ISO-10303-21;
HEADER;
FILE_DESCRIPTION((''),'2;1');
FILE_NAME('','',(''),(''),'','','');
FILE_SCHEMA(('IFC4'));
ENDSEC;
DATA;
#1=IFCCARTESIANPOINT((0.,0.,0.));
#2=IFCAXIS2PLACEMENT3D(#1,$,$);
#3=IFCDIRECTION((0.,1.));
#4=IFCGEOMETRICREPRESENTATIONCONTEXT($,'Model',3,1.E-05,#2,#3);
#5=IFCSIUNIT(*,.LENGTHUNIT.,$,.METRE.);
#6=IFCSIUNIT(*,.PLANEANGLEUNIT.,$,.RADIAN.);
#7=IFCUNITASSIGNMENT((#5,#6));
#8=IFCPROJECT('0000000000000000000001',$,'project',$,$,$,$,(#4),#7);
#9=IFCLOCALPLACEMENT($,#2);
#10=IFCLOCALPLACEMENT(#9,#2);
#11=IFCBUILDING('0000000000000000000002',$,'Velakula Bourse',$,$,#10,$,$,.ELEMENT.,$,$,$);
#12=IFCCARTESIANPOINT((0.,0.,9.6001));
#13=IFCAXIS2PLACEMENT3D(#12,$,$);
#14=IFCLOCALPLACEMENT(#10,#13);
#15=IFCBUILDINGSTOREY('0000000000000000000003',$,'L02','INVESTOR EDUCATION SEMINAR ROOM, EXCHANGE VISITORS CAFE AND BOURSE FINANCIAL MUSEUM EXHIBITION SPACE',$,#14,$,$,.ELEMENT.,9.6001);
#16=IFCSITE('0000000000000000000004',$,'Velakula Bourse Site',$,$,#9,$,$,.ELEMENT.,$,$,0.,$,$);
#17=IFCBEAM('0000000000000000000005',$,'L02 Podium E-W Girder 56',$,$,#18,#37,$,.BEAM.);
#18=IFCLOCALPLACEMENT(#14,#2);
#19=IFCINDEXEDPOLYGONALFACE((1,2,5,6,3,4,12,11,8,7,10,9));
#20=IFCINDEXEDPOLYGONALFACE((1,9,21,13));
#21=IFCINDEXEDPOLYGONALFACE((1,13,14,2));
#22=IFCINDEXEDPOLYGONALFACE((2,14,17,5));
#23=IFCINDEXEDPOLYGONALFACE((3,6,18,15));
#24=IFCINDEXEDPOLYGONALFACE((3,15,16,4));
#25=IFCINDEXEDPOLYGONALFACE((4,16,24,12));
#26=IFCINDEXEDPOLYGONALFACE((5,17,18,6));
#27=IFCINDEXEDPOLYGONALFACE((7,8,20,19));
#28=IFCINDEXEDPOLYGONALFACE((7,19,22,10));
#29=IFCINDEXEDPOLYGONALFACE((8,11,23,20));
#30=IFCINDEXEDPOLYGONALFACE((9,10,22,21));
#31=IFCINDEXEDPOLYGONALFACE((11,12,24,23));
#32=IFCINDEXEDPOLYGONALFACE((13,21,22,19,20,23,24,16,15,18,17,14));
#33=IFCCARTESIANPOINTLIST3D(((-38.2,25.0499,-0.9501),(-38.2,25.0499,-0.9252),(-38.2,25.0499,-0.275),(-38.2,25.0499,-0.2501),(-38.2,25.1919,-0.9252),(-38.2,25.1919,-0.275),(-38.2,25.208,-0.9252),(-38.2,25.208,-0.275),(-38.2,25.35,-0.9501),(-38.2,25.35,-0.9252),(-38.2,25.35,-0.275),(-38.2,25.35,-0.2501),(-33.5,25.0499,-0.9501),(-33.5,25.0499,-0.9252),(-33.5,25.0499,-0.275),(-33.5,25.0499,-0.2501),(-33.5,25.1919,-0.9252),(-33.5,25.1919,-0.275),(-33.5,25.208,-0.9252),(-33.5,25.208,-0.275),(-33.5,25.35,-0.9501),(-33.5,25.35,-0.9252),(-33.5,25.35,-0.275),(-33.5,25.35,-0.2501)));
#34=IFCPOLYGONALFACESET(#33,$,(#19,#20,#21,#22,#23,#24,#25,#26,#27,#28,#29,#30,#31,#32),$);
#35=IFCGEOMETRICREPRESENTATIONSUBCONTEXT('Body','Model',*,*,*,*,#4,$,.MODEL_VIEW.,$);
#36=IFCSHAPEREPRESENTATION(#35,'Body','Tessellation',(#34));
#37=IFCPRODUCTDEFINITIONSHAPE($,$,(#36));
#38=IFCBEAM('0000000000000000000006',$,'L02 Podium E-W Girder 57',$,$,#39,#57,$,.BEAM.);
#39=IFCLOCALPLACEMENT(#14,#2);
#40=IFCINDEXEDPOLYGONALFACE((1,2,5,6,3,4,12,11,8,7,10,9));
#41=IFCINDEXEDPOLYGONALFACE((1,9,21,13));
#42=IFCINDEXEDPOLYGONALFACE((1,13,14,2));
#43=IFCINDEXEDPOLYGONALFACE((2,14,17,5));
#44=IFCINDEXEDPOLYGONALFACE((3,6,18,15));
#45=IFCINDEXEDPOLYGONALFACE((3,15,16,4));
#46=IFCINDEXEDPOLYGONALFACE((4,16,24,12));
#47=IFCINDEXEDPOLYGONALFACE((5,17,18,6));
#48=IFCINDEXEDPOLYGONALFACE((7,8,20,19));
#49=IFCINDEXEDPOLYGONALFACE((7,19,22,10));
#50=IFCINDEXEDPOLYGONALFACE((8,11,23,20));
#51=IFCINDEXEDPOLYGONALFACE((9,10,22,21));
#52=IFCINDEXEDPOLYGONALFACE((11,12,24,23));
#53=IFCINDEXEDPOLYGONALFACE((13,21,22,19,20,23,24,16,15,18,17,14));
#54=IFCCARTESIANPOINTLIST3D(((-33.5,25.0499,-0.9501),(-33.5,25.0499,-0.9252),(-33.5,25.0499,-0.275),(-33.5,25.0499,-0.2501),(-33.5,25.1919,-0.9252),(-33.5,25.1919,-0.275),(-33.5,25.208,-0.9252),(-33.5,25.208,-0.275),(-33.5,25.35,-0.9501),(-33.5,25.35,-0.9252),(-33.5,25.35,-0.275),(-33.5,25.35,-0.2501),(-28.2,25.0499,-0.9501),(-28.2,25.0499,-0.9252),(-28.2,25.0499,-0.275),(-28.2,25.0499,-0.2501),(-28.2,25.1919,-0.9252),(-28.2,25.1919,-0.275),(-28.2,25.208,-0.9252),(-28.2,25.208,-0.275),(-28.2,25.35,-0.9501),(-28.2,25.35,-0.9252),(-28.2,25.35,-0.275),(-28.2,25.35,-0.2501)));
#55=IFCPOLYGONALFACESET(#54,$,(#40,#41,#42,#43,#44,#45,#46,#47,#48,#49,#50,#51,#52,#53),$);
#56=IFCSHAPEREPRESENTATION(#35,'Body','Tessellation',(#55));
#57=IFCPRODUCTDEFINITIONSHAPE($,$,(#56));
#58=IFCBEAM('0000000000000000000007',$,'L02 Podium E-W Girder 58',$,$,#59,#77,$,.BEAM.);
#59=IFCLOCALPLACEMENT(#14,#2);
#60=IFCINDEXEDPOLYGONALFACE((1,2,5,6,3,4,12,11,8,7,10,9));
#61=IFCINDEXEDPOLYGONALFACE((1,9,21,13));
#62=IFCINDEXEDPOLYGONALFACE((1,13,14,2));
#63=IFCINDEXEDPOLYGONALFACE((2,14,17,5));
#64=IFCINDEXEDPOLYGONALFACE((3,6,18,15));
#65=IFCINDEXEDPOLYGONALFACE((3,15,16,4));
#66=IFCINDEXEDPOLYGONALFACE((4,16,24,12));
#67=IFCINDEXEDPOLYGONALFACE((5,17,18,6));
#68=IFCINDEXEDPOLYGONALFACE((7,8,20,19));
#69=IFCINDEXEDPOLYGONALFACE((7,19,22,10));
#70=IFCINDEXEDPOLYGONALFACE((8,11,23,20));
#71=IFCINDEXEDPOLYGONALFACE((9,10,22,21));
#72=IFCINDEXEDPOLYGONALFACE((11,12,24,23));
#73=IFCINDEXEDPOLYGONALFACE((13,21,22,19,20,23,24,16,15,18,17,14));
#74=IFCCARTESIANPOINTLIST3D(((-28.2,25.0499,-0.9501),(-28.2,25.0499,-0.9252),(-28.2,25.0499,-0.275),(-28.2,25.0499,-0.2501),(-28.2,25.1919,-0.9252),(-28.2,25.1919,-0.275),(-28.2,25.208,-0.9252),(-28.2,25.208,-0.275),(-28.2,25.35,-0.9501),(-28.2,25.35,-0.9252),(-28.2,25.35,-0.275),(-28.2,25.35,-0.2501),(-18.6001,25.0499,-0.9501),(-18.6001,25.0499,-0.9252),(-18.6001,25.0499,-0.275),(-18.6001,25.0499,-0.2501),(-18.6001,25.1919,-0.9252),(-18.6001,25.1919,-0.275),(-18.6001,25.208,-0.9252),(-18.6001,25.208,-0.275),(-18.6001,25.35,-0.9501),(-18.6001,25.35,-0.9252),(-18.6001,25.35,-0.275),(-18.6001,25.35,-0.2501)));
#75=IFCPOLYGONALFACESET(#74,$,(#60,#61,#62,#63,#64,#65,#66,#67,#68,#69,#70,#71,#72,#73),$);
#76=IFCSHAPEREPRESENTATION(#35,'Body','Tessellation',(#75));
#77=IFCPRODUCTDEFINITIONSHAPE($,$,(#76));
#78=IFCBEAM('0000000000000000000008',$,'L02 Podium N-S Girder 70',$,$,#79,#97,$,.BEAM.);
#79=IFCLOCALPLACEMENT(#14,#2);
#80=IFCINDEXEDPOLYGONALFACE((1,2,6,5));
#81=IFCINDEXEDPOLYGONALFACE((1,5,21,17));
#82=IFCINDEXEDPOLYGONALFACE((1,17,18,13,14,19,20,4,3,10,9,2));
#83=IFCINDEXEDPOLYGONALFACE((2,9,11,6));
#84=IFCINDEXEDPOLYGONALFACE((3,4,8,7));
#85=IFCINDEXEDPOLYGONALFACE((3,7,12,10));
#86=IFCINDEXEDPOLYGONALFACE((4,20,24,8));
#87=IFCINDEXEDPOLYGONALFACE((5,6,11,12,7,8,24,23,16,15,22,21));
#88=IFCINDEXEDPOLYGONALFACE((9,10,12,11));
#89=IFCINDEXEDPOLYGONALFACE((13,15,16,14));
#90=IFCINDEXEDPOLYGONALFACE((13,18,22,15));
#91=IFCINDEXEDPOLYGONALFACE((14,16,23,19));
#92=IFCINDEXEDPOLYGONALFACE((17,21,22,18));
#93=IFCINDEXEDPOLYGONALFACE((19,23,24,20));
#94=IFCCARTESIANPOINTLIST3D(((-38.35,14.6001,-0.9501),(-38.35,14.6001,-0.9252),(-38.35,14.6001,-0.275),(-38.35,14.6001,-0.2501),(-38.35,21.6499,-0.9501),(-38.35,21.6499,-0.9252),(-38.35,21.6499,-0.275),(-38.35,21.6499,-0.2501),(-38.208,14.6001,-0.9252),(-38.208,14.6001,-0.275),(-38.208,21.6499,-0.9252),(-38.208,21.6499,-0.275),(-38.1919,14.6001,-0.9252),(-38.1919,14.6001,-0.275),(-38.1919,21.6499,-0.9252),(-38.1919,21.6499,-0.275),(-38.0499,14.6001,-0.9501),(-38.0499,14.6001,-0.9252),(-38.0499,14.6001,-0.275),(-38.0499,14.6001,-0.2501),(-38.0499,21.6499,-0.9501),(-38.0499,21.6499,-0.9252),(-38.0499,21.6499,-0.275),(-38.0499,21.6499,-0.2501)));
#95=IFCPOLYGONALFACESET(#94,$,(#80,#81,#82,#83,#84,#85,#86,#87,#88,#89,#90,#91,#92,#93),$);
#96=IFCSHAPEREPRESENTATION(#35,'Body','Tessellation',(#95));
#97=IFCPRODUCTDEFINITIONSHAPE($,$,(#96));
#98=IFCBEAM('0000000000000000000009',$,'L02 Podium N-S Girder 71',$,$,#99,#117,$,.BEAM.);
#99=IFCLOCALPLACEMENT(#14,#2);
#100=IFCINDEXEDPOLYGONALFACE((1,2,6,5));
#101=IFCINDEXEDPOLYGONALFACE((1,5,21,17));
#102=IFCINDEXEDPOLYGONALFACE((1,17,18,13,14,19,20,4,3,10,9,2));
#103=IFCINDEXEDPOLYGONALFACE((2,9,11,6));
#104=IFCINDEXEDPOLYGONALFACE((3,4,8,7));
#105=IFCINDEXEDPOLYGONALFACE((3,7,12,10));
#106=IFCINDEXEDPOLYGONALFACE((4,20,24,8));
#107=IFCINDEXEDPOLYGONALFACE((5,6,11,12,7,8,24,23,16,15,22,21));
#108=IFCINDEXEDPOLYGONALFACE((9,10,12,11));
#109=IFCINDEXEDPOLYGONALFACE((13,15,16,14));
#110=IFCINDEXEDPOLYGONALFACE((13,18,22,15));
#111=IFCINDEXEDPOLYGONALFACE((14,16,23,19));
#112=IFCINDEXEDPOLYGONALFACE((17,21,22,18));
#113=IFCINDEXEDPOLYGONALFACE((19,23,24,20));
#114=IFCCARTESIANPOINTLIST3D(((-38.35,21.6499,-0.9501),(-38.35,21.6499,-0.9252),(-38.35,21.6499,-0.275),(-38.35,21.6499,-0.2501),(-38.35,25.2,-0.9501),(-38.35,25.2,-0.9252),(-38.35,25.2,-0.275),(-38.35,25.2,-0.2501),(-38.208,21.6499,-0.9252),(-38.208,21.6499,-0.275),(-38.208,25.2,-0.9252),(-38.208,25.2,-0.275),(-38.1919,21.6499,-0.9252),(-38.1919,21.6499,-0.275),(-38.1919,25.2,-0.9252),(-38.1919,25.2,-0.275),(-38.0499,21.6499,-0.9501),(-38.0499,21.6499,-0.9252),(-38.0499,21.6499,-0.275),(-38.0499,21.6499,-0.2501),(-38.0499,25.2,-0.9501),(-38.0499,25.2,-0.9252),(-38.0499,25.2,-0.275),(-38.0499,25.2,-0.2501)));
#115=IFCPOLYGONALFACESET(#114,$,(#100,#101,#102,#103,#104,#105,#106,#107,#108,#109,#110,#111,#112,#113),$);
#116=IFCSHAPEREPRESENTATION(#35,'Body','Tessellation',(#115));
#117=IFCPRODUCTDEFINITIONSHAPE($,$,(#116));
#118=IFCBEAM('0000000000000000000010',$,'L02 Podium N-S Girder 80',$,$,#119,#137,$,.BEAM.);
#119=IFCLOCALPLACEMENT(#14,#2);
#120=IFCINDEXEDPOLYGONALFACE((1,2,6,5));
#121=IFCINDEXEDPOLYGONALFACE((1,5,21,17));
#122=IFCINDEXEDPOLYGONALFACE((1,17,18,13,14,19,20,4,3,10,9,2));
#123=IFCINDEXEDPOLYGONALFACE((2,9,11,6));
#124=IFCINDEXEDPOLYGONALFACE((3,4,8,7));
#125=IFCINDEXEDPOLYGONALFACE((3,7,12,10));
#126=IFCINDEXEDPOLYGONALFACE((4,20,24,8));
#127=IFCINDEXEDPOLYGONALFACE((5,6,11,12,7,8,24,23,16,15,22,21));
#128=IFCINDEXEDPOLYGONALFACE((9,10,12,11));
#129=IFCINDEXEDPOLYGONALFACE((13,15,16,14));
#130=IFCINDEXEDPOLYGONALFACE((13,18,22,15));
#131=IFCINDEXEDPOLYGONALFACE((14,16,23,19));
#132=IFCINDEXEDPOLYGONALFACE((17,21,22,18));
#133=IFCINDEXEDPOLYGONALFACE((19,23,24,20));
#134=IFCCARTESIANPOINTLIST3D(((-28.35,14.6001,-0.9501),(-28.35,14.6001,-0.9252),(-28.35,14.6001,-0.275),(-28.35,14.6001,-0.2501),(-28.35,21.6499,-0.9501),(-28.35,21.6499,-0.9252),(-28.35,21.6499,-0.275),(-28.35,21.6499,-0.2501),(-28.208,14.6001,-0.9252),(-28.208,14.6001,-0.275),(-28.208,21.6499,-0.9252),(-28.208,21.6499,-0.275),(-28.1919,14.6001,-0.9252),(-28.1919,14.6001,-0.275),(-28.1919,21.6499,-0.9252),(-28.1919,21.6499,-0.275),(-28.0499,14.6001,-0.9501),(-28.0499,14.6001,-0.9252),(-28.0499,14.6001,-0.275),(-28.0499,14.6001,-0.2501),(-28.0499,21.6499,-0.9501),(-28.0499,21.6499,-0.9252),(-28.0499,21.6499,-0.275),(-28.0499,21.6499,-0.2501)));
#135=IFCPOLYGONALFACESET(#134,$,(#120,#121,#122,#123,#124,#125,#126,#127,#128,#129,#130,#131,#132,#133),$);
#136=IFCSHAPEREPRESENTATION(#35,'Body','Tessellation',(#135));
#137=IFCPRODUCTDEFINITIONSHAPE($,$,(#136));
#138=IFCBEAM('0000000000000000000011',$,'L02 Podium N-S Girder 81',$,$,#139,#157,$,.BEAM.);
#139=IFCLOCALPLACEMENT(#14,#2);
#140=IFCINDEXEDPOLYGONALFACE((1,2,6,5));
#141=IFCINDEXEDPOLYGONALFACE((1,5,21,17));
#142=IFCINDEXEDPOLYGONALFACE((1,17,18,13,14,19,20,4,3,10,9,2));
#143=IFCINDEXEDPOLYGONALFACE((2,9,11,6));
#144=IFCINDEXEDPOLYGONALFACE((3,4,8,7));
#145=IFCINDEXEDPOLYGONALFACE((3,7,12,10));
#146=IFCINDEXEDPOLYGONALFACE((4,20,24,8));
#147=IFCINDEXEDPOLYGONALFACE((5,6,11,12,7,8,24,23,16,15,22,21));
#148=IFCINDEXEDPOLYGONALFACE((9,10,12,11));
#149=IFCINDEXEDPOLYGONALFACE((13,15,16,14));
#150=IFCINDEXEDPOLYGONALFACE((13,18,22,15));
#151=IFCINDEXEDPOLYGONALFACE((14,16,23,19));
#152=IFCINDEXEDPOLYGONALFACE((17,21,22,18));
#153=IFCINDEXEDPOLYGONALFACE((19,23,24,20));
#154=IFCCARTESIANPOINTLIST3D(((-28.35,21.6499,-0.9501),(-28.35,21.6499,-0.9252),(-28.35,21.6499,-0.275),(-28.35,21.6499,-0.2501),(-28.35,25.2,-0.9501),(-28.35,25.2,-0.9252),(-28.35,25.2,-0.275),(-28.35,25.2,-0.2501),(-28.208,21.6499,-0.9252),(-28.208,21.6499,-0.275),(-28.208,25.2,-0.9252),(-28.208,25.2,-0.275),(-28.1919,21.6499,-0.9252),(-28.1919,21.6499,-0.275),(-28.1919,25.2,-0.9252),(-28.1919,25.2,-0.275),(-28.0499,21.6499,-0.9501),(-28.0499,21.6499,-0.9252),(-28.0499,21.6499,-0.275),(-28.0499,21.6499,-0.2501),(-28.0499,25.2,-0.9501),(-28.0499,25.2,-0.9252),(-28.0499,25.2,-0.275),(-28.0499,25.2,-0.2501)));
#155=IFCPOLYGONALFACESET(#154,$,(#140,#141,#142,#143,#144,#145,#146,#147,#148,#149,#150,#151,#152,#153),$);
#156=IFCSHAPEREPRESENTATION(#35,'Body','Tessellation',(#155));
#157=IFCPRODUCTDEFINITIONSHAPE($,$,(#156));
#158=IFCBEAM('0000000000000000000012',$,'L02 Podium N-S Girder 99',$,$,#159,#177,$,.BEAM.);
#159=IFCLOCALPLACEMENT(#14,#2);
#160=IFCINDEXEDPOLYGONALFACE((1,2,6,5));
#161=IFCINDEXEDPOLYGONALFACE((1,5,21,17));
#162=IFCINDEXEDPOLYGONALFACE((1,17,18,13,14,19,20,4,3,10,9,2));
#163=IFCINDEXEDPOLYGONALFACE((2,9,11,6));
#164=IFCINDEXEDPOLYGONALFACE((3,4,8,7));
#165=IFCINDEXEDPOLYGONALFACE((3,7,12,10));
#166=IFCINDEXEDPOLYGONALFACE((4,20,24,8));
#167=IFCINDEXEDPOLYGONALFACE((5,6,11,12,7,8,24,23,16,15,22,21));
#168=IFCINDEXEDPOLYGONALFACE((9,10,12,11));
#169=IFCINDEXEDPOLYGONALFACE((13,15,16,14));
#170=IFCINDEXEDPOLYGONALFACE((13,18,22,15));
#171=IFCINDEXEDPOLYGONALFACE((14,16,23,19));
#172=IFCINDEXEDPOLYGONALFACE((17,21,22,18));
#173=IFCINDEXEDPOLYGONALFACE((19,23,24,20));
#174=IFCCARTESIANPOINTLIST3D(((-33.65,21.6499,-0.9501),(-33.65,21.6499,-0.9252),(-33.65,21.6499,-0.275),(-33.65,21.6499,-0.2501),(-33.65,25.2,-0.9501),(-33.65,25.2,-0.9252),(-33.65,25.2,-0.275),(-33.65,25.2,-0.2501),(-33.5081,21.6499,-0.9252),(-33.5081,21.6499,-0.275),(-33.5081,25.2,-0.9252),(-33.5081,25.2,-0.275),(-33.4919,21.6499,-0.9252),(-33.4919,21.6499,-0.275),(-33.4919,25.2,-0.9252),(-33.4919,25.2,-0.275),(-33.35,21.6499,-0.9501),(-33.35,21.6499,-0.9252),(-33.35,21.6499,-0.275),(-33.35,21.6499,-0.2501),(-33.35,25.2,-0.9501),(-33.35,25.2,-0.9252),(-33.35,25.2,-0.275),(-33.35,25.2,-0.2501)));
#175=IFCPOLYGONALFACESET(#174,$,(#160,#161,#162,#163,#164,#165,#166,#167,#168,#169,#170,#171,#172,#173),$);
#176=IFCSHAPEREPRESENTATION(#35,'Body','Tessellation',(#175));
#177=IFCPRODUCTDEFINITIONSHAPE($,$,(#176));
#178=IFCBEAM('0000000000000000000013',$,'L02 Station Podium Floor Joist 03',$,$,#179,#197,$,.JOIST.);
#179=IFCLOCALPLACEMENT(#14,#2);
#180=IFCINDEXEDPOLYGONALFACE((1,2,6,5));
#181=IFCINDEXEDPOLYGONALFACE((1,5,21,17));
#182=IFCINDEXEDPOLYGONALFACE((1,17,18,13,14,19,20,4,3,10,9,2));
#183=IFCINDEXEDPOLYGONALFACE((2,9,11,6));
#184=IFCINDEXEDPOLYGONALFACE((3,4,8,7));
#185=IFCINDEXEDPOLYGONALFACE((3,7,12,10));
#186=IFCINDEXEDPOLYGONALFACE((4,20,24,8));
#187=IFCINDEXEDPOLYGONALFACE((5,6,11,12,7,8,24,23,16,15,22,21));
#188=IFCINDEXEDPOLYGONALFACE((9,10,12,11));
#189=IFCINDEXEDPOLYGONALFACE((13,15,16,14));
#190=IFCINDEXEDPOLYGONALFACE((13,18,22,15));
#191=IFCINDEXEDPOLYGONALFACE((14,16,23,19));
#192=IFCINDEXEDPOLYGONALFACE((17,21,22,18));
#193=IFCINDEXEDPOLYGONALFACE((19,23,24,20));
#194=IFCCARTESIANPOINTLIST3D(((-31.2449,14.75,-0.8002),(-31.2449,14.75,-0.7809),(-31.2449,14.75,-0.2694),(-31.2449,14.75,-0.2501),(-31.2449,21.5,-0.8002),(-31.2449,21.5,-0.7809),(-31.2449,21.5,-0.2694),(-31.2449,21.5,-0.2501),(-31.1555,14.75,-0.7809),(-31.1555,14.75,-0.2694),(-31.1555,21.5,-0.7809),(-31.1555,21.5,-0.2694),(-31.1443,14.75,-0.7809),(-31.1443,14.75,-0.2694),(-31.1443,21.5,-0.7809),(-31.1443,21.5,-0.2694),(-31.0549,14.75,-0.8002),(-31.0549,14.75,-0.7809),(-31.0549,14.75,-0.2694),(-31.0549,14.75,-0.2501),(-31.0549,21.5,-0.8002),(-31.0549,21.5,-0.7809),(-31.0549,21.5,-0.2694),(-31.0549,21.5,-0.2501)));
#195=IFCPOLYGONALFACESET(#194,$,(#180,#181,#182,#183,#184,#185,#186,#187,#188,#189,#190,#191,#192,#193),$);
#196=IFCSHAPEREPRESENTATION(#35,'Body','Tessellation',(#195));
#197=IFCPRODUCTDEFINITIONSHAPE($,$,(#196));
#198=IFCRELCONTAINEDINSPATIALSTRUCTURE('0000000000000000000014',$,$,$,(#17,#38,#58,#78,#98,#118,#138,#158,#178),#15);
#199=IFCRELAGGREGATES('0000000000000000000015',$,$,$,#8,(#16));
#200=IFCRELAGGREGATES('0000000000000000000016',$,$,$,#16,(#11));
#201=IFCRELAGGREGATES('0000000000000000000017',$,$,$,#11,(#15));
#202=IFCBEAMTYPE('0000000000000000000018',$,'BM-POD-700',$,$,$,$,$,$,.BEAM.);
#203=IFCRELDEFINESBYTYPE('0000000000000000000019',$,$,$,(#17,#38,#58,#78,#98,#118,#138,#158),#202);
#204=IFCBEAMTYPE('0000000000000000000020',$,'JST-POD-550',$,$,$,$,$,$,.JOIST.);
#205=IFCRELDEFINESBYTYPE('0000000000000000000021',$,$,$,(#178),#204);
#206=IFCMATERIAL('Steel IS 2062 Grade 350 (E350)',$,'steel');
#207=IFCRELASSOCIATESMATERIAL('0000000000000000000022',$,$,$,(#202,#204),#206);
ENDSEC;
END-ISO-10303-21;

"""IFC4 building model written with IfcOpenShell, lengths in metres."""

from ifc_helpers import new_model, si_unit, direction, frame, origin, origin_2d, place, context, subcontext, project, spatial, i_section, extrude, material, material_profile, profile_set, type_object, element, save


model = new_model("IFC4")

# Units and contexts
model_context = context("Model", 3, precision=1e-05, world=origin(), true_north=direction((0.0, 1.0)))
body_context = subcontext(model_context, "Body", "Model", "MODEL_VIEW")
ifc_project = project(units=[si_unit("LENGTHUNIT", "METRE"), si_unit("PLANEANGLEUNIT", "RADIAN")], contexts=[model_context])

# Site, building, storey
site_placement = place(None, origin())
site = spatial("IfcSite", under=ifc_project, at=site_placement, Name="Velakula Bourse Site", CompositionType="ELEMENT", RefElevation=0.0)
building_placement = place(site_placement, origin())
building = spatial("IfcBuilding", under=site, at=building_placement, Name="Velakula Bourse", CompositionType="ELEMENT")
storey_placement = place(building_placement, frame((0.0, 0.0, 9.6001)))
storey = spatial("IfcBuildingStorey", under=building, at=storey_placement, Name="L02", Description="INVESTOR EDUCATION SEMINAR ROOM, EXCHANGE VISITORS CAFE AND BOURSE FINANCIAL MUSEUM EXHIBITION SPACE", CompositionType="ELEMENT", Elevation=9.6001)

# Beams
ifc_material_1 = material(Name="Steel IS 2062 Grade 350 (E350)", Category="steel")
ifc_material_profile_1 = material_profile(ifc_material_1, i_section(OverallWidth=0.3, OverallDepth=0.7, WebThickness=0.0161, FlangeThickness=0.0249, at=origin_2d()), Name="Steel IS 2062 Grade 350 (E350)")
ifc_profile_set_1 = profile_set([ifc_material_profile_1], Name="Steel IS 2062 Grade 350 (E350)")
beam_type_1 = type_object("IfcBeamType", Name="BM-POD-700", PredefinedType="BEAM", material=ifc_profile_set_1)
beam_1_placement = place(storey_placement, frame((-38.2, 25.2, -0.6001), z_axis=(1.0, 0.0, 0.0), x_axis=(0.0, 1.0, 0.0)))
element("IfcBeam", 1, at=beam_1_placement, inside=storey, type_object=beam_type_1, Name="L02 Podium E-W Girder 56", PredefinedType="BEAM", context=body_context, shape_type="SweptSolid", body=[
    extrude(i_section(OverallWidth=0.3, OverallDepth=0.7, WebThickness=0.0161, FlangeThickness=0.0249, at=origin_2d()), origin(), (0.0, 0.0, 1.0), 4.7),
])
beam_2_placement = place(storey_placement, frame((-33.5, 25.2, -0.6001), z_axis=(1.0, 0.0, 0.0), x_axis=(0.0, 1.0, 0.0)))
element("IfcBeam", 2, at=beam_2_placement, inside=storey, type_object=beam_type_1, Name="L02 Podium E-W Girder 57", PredefinedType="BEAM", context=body_context, shape_type="SweptSolid", body=[
    extrude(i_section(OverallWidth=0.3, OverallDepth=0.7, WebThickness=0.0161, FlangeThickness=0.0249, at=origin_2d()), origin(), (0.0, 0.0, 1.0), 5.3),
])
beam_3_placement = place(storey_placement, frame((-28.2, 25.2, -0.6001), z_axis=(1.0, 0.0, 0.0), x_axis=(0.0, 1.0, 0.0)))
element("IfcBeam", 3, at=beam_3_placement, inside=storey, type_object=beam_type_1, Name="L02 Podium E-W Girder 58", PredefinedType="BEAM", context=body_context, shape_type="SweptSolid", body=[
    extrude(i_section(OverallWidth=0.3, OverallDepth=0.7, WebThickness=0.0161, FlangeThickness=0.0249, at=origin_2d()), origin(), (0.0, 0.0, 1.0), 9.5999),
])
beam_4_placement = place(storey_placement, frame((-38.2, 14.6001, -0.6001), z_axis=(0.0, 1.0, 0.0), x_axis=(-1.0, 0.0, 0.0)))
element("IfcBeam", 4, at=beam_4_placement, inside=storey, type_object=beam_type_1, Name="L02 Podium N-S Girder 70", PredefinedType="BEAM", context=body_context, shape_type="SweptSolid", body=[
    extrude(i_section(OverallWidth=0.3, OverallDepth=0.7, WebThickness=0.0161, FlangeThickness=0.0249, at=origin_2d()), origin(), (0.0, 0.0, 1.0), 7.0498),
])
beam_5_placement = place(storey_placement, frame((-38.2, 21.6499, -0.6001), z_axis=(0.0, 1.0, 0.0), x_axis=(-1.0, 0.0, 0.0)))
element("IfcBeam", 5, at=beam_5_placement, inside=storey, type_object=beam_type_1, Name="L02 Podium N-S Girder 71", PredefinedType="BEAM", context=body_context, shape_type="SweptSolid", body=[
    extrude(i_section(OverallWidth=0.3, OverallDepth=0.7, WebThickness=0.0161, FlangeThickness=0.0249, at=origin_2d()), origin(), (0.0, 0.0, 1.0), 3.55),
])
beam_6_placement = place(storey_placement, frame((-28.2, 14.6001, -0.6001), z_axis=(0.0, 1.0, 0.0), x_axis=(-1.0, 0.0, 0.0)))
element("IfcBeam", 6, at=beam_6_placement, inside=storey, type_object=beam_type_1, Name="L02 Podium N-S Girder 80", PredefinedType="BEAM", context=body_context, shape_type="SweptSolid", body=[
    extrude(i_section(OverallWidth=0.3, OverallDepth=0.7, WebThickness=0.0161, FlangeThickness=0.0249, at=origin_2d()), origin(), (0.0, 0.0, 1.0), 7.0498),
])
for number, where, z_axis, x_axis, name in (
    (7, (-28.2, 21.6499, -0.6001), (0.0, 1.0, 0.0), (-1.0, 0.0, 0.0), "L02 Podium N-S Girder 81"),
    (8, (-33.5, 21.6499, -0.6001), (0.0, 1.0, 0.0), (-1.0, 0.0, 0.0), "L02 Podium N-S Girder 99"),
):
    element("IfcBeam", number, at=place(storey_placement, frame(where, z_axis=z_axis, x_axis=x_axis)), inside=storey, type_object=beam_type_1, Name=name, PredefinedType="BEAM", context=body_context, shape_type="SweptSolid", body=[
        extrude(i_section(OverallWidth=0.3, OverallDepth=0.7, WebThickness=0.0161, FlangeThickness=0.0249, at=origin_2d()), origin(), (0.0, 0.0, 1.0), 3.55),
    ])
ifc_material_profile_2 = material_profile(ifc_material_1, i_section(OverallWidth=0.1899, OverallDepth=0.55, WebThickness=0.0112, FlangeThickness=0.0193, at=origin_2d()), Name="Steel IS 2062 Grade 350 (E350)")
ifc_profile_set_2 = profile_set([ifc_material_profile_2], Name="Steel IS 2062 Grade 350 (E350)")
beam_type_2 = type_object("IfcBeamType", Name="JST-POD-550", PredefinedType="JOIST", material=ifc_profile_set_2)
beam_7_placement = place(storey_placement, frame((-31.1499, 14.75, -0.5251), z_axis=(0.0, 1.0, 0.0), x_axis=(-1.0, 0.0, 0.0)))
element("IfcBeam", 9, at=beam_7_placement, inside=storey, type_object=beam_type_2, Name="L02 Station Podium Floor Joist 03", PredefinedType="JOIST", context=body_context, shape_type="SweptSolid", body=[
    extrude(i_section(OverallWidth=0.1899, OverallDepth=0.55, WebThickness=0.0112, FlangeThickness=0.0193, at=origin_2d()), origin(), (0.0, 0.0, 1.0), 6.75),
])

save(model, "model.ifc")
